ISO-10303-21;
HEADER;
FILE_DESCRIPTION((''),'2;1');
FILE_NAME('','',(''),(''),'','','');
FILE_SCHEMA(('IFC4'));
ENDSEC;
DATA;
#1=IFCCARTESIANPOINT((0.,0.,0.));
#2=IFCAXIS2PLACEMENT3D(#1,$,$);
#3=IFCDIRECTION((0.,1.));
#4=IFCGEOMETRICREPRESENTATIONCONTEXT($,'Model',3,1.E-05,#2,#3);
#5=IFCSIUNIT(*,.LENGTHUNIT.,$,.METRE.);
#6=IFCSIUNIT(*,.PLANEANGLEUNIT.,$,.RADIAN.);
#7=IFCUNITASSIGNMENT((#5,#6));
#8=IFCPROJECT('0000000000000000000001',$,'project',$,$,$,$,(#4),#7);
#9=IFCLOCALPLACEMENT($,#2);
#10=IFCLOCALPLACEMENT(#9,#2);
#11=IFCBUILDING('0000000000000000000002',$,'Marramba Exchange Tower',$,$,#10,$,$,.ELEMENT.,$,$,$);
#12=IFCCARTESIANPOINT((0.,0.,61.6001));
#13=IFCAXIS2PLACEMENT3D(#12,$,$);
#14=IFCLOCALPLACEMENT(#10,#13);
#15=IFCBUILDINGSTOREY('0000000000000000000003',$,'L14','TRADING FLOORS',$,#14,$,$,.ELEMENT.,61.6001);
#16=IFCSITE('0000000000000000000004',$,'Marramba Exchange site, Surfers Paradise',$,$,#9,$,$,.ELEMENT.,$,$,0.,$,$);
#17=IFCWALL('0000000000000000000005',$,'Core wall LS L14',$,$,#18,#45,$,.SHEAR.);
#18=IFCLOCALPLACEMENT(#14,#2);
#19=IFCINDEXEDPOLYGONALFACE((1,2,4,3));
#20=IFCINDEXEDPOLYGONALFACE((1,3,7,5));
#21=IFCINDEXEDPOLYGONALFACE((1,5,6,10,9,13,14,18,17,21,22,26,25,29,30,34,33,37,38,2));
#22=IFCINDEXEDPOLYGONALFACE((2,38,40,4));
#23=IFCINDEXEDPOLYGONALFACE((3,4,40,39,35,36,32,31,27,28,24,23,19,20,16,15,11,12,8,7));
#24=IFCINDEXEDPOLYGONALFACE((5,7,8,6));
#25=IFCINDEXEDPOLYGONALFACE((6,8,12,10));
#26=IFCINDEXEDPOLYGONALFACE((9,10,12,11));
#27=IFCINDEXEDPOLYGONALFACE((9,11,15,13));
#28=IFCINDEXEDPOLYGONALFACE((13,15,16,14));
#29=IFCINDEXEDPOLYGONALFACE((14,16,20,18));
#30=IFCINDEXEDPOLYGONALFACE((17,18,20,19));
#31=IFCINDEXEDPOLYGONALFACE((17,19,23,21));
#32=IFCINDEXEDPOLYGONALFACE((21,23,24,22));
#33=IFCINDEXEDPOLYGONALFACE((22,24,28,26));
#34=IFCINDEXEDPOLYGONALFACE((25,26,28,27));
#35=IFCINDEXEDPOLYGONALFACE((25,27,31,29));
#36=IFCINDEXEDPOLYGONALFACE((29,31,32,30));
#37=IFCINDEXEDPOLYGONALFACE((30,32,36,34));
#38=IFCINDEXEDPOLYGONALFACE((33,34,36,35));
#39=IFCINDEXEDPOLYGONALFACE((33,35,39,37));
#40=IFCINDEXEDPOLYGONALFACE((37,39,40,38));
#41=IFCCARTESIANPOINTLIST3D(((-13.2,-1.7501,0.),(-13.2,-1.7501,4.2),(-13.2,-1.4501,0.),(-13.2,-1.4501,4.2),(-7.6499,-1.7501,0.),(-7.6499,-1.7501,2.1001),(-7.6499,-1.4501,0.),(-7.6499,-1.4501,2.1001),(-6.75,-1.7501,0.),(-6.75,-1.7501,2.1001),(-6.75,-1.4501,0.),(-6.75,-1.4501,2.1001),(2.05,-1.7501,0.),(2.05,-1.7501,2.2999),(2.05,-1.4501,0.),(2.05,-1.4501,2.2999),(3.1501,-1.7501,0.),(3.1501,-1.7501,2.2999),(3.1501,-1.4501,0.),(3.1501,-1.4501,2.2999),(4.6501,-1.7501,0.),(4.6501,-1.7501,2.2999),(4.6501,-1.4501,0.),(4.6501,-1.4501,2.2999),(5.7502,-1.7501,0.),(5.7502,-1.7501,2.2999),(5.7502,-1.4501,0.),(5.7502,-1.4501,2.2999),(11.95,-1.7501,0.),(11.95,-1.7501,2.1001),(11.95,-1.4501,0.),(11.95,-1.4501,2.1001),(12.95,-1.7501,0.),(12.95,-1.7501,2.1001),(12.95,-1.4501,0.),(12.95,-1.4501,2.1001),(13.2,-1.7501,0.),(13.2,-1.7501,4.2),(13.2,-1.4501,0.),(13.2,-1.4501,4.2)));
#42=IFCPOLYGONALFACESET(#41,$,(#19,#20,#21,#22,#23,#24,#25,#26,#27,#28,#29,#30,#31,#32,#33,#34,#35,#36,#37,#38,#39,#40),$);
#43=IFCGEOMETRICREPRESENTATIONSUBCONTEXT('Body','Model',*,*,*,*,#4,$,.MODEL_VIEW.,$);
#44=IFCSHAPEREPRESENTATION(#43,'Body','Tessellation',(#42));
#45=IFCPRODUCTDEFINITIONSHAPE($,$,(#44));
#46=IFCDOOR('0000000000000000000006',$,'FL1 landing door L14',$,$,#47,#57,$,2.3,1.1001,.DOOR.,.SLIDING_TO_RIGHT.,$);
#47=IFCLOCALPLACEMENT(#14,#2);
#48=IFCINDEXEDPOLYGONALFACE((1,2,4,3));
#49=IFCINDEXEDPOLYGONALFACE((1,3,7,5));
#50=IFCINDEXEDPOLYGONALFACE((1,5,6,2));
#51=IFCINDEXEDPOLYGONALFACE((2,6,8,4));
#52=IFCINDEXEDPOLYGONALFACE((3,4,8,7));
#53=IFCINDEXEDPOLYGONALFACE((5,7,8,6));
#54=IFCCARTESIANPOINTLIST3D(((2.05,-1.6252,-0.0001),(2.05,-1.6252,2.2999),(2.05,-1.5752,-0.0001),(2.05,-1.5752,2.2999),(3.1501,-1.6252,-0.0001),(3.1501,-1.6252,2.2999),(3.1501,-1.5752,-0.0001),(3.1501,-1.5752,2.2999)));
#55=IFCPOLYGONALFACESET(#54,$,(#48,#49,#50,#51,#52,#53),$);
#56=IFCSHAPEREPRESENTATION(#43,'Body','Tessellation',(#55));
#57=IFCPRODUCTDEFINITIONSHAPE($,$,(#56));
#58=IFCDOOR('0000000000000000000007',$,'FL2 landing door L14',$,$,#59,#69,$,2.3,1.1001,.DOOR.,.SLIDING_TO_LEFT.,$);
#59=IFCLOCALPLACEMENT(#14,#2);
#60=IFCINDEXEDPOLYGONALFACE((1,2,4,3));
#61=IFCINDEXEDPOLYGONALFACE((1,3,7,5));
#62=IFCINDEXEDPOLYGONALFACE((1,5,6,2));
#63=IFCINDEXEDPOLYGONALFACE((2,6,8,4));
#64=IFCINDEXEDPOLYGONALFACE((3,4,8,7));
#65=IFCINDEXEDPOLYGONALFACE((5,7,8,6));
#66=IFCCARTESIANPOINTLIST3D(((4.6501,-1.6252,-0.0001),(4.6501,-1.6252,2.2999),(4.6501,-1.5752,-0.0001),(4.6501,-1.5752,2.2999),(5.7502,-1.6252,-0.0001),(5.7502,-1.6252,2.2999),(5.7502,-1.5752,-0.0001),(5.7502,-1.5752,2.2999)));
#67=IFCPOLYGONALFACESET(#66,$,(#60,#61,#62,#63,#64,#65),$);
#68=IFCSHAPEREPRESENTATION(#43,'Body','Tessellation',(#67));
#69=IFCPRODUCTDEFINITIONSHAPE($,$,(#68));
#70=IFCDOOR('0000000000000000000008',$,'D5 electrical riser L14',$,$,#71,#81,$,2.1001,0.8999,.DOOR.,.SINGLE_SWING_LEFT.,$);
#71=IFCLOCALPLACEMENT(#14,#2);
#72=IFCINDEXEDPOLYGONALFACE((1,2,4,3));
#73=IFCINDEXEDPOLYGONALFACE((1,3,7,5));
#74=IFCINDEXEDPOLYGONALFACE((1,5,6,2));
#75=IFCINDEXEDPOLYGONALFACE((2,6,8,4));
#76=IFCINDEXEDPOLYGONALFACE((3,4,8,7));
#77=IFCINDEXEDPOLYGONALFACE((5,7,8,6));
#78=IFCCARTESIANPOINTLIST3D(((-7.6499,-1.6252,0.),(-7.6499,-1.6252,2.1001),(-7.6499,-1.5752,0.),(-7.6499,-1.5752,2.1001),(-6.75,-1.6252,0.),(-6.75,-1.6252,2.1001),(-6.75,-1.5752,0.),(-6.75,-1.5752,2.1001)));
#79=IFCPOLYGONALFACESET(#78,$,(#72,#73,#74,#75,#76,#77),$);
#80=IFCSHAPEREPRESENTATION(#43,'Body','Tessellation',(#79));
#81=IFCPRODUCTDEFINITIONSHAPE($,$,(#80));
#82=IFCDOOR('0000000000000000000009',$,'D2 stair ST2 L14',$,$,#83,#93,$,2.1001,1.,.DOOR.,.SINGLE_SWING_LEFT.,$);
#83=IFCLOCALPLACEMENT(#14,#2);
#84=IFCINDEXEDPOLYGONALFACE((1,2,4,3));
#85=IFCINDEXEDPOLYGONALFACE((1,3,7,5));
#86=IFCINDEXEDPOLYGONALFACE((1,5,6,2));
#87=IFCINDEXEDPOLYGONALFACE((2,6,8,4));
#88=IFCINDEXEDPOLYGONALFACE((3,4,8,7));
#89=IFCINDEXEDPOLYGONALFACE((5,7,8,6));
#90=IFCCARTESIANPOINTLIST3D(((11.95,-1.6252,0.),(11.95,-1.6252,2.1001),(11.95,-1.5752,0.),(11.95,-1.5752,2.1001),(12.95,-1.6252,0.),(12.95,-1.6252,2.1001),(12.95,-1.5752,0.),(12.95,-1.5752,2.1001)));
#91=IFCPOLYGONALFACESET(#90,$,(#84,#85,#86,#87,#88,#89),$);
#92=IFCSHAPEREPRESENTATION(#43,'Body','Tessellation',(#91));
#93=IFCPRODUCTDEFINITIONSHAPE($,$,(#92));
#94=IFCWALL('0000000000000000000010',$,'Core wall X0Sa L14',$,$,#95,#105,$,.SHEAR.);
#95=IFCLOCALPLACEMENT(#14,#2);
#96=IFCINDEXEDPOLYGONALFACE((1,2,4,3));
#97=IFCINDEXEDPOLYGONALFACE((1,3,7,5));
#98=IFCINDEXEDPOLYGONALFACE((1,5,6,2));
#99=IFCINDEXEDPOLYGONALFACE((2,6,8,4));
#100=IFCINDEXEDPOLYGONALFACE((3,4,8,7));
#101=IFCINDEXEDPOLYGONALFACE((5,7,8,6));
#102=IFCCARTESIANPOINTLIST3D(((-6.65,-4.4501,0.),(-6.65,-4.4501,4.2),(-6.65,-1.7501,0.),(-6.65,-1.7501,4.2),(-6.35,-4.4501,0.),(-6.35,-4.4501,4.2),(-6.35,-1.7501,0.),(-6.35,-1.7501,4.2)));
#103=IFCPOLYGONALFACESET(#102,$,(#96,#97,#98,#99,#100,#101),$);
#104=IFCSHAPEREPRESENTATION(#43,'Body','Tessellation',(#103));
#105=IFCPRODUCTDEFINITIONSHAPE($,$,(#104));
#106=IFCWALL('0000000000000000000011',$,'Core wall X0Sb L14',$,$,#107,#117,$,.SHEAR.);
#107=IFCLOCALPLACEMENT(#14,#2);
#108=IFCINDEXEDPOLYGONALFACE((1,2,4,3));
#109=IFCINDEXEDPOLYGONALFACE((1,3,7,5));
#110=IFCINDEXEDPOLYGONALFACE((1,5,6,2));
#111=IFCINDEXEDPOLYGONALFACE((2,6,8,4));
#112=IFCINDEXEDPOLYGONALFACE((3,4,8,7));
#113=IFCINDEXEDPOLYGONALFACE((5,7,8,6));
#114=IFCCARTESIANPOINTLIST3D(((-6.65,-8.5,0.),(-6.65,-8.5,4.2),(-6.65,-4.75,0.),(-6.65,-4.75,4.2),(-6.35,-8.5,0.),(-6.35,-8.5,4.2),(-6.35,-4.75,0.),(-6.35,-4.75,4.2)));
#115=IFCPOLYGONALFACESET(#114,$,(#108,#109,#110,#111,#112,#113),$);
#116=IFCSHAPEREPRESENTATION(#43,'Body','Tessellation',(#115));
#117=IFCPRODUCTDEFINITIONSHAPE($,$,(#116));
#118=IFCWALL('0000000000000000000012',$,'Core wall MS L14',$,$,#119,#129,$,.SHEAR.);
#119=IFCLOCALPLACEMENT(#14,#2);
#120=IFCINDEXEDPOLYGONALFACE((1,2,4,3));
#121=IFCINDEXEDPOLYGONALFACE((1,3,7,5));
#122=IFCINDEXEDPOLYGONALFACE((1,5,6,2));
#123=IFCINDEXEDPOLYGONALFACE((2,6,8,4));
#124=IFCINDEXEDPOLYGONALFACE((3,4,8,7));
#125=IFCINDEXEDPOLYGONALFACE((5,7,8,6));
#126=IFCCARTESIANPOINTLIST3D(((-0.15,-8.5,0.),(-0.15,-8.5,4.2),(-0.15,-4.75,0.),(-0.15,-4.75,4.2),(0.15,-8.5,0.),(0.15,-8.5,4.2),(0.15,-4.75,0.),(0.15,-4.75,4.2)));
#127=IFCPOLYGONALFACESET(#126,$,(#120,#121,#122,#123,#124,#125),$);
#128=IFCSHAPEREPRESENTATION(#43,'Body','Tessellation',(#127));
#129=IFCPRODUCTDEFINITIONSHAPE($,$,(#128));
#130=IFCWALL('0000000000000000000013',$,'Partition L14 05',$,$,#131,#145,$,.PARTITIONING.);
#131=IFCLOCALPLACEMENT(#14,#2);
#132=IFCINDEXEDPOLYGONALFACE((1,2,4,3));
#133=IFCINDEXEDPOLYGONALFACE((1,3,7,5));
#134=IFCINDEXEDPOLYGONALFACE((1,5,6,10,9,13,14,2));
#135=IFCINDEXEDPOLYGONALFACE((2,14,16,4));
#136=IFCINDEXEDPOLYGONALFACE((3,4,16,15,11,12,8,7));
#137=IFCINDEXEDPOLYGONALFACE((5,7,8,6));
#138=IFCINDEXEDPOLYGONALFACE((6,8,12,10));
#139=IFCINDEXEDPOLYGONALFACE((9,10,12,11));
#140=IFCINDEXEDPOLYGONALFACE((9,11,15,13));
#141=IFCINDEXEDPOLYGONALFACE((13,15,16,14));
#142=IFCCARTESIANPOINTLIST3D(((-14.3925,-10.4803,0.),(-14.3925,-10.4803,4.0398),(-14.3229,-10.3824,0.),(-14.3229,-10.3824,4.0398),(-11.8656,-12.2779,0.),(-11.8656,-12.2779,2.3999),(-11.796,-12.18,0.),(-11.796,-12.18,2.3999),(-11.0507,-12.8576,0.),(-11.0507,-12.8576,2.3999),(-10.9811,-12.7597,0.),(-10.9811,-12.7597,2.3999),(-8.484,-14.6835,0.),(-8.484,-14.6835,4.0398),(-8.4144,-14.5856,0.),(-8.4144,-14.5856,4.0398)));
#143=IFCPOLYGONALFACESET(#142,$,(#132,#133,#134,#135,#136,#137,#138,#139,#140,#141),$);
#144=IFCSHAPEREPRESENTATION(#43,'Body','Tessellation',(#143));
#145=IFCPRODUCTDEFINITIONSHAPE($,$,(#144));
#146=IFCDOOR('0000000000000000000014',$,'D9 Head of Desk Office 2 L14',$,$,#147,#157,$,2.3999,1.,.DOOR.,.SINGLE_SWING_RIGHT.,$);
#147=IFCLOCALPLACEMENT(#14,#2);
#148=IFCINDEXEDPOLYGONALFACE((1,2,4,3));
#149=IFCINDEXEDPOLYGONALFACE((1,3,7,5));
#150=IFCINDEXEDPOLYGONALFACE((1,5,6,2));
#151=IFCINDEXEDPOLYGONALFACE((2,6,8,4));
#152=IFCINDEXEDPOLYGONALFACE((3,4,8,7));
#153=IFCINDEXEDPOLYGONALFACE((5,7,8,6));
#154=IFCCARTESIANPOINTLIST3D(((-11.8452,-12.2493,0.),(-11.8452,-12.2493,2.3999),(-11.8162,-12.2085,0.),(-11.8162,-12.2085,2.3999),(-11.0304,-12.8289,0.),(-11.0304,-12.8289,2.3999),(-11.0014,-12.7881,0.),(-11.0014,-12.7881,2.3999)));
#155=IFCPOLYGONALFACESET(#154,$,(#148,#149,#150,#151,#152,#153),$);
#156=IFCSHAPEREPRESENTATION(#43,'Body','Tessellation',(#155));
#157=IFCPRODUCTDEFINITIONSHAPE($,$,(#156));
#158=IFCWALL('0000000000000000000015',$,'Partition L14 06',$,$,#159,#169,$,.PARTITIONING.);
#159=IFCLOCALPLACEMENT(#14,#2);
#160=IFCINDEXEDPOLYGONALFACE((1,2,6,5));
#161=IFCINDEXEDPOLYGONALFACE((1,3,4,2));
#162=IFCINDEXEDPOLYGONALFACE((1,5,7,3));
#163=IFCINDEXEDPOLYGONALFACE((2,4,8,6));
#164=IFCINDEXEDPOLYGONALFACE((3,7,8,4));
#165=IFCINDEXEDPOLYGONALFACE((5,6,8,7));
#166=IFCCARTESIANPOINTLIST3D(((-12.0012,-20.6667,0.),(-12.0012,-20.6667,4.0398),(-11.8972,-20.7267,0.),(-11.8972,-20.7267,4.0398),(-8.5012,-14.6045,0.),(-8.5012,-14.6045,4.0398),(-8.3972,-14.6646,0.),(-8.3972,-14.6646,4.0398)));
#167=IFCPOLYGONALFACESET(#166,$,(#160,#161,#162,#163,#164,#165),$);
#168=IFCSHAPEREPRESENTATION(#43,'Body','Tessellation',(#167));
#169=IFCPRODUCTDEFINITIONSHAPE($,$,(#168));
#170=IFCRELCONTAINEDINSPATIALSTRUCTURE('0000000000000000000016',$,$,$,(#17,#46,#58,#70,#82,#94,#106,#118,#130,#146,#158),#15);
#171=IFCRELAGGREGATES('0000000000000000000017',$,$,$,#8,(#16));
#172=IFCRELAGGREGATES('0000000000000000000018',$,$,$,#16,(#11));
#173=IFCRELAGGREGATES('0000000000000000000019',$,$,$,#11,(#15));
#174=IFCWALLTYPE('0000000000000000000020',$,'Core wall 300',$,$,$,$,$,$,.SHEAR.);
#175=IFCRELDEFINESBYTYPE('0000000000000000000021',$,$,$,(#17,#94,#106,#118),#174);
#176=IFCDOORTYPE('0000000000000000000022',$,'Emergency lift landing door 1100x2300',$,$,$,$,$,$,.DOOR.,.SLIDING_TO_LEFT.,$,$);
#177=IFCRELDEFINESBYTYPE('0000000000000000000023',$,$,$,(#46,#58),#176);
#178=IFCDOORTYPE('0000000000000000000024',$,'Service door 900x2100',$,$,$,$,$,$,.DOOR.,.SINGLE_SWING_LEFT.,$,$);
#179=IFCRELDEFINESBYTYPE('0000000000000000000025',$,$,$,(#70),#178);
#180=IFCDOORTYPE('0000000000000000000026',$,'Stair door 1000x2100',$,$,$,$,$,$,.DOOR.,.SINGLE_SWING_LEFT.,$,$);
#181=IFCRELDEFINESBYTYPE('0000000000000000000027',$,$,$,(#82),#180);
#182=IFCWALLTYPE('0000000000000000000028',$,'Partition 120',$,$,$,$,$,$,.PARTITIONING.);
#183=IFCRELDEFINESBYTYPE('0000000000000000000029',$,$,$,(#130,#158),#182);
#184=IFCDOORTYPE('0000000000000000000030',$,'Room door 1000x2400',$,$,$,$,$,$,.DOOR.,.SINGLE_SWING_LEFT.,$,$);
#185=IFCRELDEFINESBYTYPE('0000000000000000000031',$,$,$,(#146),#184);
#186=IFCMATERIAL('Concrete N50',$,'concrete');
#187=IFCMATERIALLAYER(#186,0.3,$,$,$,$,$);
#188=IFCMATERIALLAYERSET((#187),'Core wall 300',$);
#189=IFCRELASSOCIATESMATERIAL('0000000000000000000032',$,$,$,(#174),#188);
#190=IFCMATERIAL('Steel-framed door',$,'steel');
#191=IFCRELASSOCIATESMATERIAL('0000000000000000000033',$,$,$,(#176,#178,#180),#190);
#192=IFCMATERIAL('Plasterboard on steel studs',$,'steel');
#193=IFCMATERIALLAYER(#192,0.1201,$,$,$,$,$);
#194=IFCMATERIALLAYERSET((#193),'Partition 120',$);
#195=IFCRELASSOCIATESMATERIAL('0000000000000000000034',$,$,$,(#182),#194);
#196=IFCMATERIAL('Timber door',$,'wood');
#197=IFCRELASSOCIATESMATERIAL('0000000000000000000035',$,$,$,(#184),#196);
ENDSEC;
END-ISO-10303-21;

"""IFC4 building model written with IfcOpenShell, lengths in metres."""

from ifc_helpers import new_model, si_unit, direction, frame, frame_2d, origin, place, context, subcontext, project, spatial, rectangle, extrude, material, layer, layer_set, type_object, element, fill, save


model = new_model("IFC4")

# Units and contexts
model_context = context("Model", 3, precision=1e-05, world=origin(), true_north=direction((0.0, 1.0)))
body_context = subcontext(model_context, "Body", "Model", "MODEL_VIEW")
ifc_project = project(units=[si_unit("LENGTHUNIT", "METRE"), si_unit("PLANEANGLEUNIT", "RADIAN")], contexts=[model_context])

# Site, building, storey
site_placement = place(None, origin())
site = spatial("IfcSite", under=ifc_project, at=site_placement, Name="Marramba Exchange site, Surfers Paradise", CompositionType="ELEMENT", RefElevation=0.0)
building_placement = place(site_placement, origin())
building = spatial("IfcBuilding", under=site, at=building_placement, Name="Marramba Exchange Tower", CompositionType="ELEMENT")
storey_placement = place(building_placement, frame((0.0, 0.0, 61.6001)))
storey = spatial("IfcBuildingStorey", under=building, at=storey_placement, Name="L14", Description="TRADING FLOORS", CompositionType="ELEMENT", Elevation=61.6001)

# Shared definitions
ifc_material_1 = material(Name="Concrete N50", Category="concrete")

# Wall, openings, doors
ifc_layer_1 = layer(ifc_material_1, 0.3)
ifc_layer_set_1 = layer_set([ifc_layer_1], Name="Core wall 300")
wall_type_1 = type_object("IfcWallType", Name="Core wall 300", PredefinedType="SHEAR", material=ifc_layer_set_1)
wall_1_placement = place(storey_placement, frame((-13.2, -1.6001, 0.0), z_axis=(0.0, 0.0, 1.0), x_axis=(1.0, 0.0, 0.0)))
wall_1 = element("IfcWall", 1, at=wall_1_placement, inside=storey, type_object=wall_type_1, Name="Core wall LS L14", PredefinedType="SHEAR", context=body_context, shape_type="SweptSolid", body=[
    extrude(rectangle(XDim=26.3999, YDim=0.3, at=frame_2d((13.2, 0.0))), origin(), (0.0, 0.0, 1.0), 4.2),
])
opening_1_placement = place(wall_1_placement, frame((25.1499, 0.0, 0.0)))
opening_1 = element("IfcOpeningElement", 2, at=opening_1_placement, cuts=wall_1, PredefinedType="OPENING", context=body_context, shape_type="SweptSolid", body=[
    extrude(rectangle(XDim=1.0, YDim=2.1001, at=frame_2d((0.5, 1.05))), frame((0.0, 0.1599, 0.0), z_axis=(0.0, -1.0, 0.0), x_axis=(1.0, 0.0, 0.0)), (0.0, 0.0, 1.0), 0.3201),
])
opening_2_placement = place(wall_1_placement, frame((15.25, 0.0, 0.0)))
opening_2 = element("IfcOpeningElement", 3, at=opening_2_placement, cuts=wall_1, PredefinedType="OPENING", context=body_context, shape_type="SweptSolid", body=[
    extrude(rectangle(XDim=1.1001, YDim=2.3, at=frame_2d((0.55, 1.1499))), frame((0.0, 0.1599, 0.0), z_axis=(0.0, -1.0, 0.0), x_axis=(1.0, 0.0, 0.0)), (0.0, 0.0, 1.0), 0.3201),
])
opening_3_placement = place(wall_1_placement, frame((17.8501, 0.0, 0.0)))
opening_3 = element("IfcOpeningElement", 4, at=opening_3_placement, cuts=wall_1, PredefinedType="OPENING", context=body_context, shape_type="SweptSolid", body=[
    extrude(rectangle(XDim=1.1001, YDim=2.3, at=frame_2d((0.55, 1.1499))), frame((0.0, 0.1599, 0.0), z_axis=(0.0, -1.0, 0.0), x_axis=(1.0, 0.0, 0.0)), (0.0, 0.0, 1.0), 0.3201),
])
opening_4_placement = place(wall_1_placement, frame((5.55, 0.0, 0.0)))
opening_4 = element("IfcOpeningElement", 5, at=opening_4_placement, cuts=wall_1, PredefinedType="OPENING", context=body_context, shape_type="SweptSolid", body=[
    extrude(rectangle(XDim=0.8999, YDim=2.1001, at=frame_2d((0.45, 1.05))), frame((0.0, 0.1599, 0.0), z_axis=(0.0, -1.0, 0.0), x_axis=(1.0, 0.0, 0.0)), (0.0, 0.0, 1.0), 0.3201),
])
ifc_material_2 = material(Name="Steel-framed door", Category="steel")
door_type_1 = type_object("IfcDoorType", Name="Emergency lift landing door 1100x2300", OperationType="SLIDING_TO_LEFT", PredefinedType="DOOR", material=ifc_material_2)
door_1_placement = place(opening_2_placement, frame((1.1001, 0.0, 0.0), z_axis=(0.0, 0.0, 1.0), x_axis=(-1.0, 0.0, 0.0)))
door_1 = element("IfcDoor", 6, at=door_1_placement, inside=storey, type_object=door_type_1, Name="FL1 landing door L14", OperationType="SLIDING_TO_RIGHT", OverallHeight=2.3, OverallWidth=1.1001, PredefinedType="DOOR", context=body_context, shape_type="SweptSolid", body=[
    extrude(rectangle(XDim=1.1001, YDim=2.3, at=frame_2d((0.55, 1.1499))), frame((0.0, 0.0251, 0.0), z_axis=(0.0, -1.0, 0.0), x_axis=(1.0, 0.0, 0.0)), (0.0, 0.0, 1.0), 0.05),
])
fill(opening_2, door_1)
door_2_placement = place(opening_3_placement, frame((1.1001, 0.0, 0.0), z_axis=(0.0, 0.0, 1.0), x_axis=(-1.0, 0.0, 0.0)))
door_2 = element("IfcDoor", 7, at=door_2_placement, inside=storey, type_object=door_type_1, Name="FL2 landing door L14", OperationType="SLIDING_TO_LEFT", OverallHeight=2.3, OverallWidth=1.1001, PredefinedType="DOOR", context=body_context, shape_type="SweptSolid", body=[
    extrude(rectangle(XDim=1.1001, YDim=2.3, at=frame_2d((0.55, 1.1499))), frame((0.0, 0.0251, 0.0), z_axis=(0.0, -1.0, 0.0), x_axis=(1.0, 0.0, 0.0)), (0.0, 0.0, 1.0), 0.05),
])
fill(opening_3, door_2)
door_type_2 = type_object("IfcDoorType", Name="Service door 900x2100", OperationType="SINGLE_SWING_LEFT", PredefinedType="DOOR", material=ifc_material_2)
door_3_placement = place(opening_4_placement, frame((0.8999, 0.0, 0.0), z_axis=(0.0, 0.0, 1.0), x_axis=(-1.0, 0.0, 0.0)))
door_3 = element("IfcDoor", 8, at=door_3_placement, inside=storey, type_object=door_type_2, Name="D5 electrical riser L14", OperationType="SINGLE_SWING_LEFT", OverallHeight=2.1001, OverallWidth=0.8999, PredefinedType="DOOR", context=body_context, shape_type="SweptSolid", body=[
    extrude(rectangle(XDim=0.8999, YDim=2.1001, at=frame_2d((0.45, 1.05))), frame((0.0, 0.0251, 0.0), z_axis=(0.0, -1.0, 0.0), x_axis=(1.0, 0.0, 0.0)), (0.0, 0.0, 1.0), 0.05),
])
fill(opening_4, door_3)
door_type_3 = type_object("IfcDoorType", Name="Stair door 1000x2100", OperationType="SINGLE_SWING_LEFT", PredefinedType="DOOR", material=ifc_material_2)
door_4_placement = place(opening_1_placement, frame((1.0, 0.0, 0.0), z_axis=(0.0, 0.0, 1.0), x_axis=(-1.0, 0.0, 0.0)))
door_4 = element("IfcDoor", 9, at=door_4_placement, inside=storey, type_object=door_type_3, Name="D2 stair ST2 L14", OperationType="SINGLE_SWING_LEFT", OverallHeight=2.1001, OverallWidth=1.0, PredefinedType="DOOR", context=body_context, shape_type="SweptSolid", body=[
    extrude(rectangle(XDim=1.0, YDim=2.1001, at=frame_2d((0.5, 1.05))), frame((0.0, 0.0251, 0.0), z_axis=(0.0, -1.0, 0.0), x_axis=(1.0, 0.0, 0.0)), (0.0, 0.0, 1.0), 0.05),
])
fill(opening_1, door_4)

# Walls
wall_2_placement = place(storey_placement, frame((-6.5, -1.75, 0.0), z_axis=(0.0, 0.0, 1.0), x_axis=(0.0, -1.0, 0.0)))
element("IfcWall", 10, at=wall_2_placement, inside=storey, type_object=wall_type_1, Name="Core wall X0Sa L14", PredefinedType="SHEAR", context=body_context, shape_type="SweptSolid", body=[
    extrude(rectangle(XDim=2.7, YDim=0.3, at=frame_2d((1.3501, 0.0))), origin(), (0.0, 0.0, 1.0), 4.2),
])
for number, where, z_axis, x_axis, name in (
    (11, (-6.5, -4.75, 0.0), (0.0, 0.0, 1.0), (0.0, -1.0, 0.0), "Core wall X0Sb L14"),
    (12, (0.0, -4.75, 0.0), (0.0, 0.0, 1.0), (0.0, -1.0, 0.0), "Core wall MS L14"),
):
    element("IfcWall", number, at=place(storey_placement, frame(where, z_axis=z_axis, x_axis=x_axis)), inside=storey, type_object=wall_type_1, Name=name, PredefinedType="SHEAR", context=body_context, shape_type="SweptSolid", body=[
        extrude(rectangle(XDim=3.75, YDim=0.3, at=frame_2d((1.875, 0.0))), origin(), (0.0, 0.0, 1.0), 4.2),
    ])

# Wall, opening, door
ifc_material_3 = material(Name="Plasterboard on steel studs", Category="steel")
ifc_layer_2 = layer(ifc_material_3, 0.1201)
ifc_layer_set_2 = layer_set([ifc_layer_2], Name="Partition 120")
wall_type_2 = type_object("IfcWallType", Name="Partition 120", PredefinedType="PARTITIONING", material=ifc_layer_set_2)
wall_3_placement = place(storey_placement, frame((-8.4492, -14.6345, 0.0), z_axis=(0.0, 0.0, 1.0), x_axis=(-0.814854, 0.579667, 0.0)))
wall_3 = element("IfcWall", 13, at=wall_3_placement, inside=storey, type_object=wall_type_2, Name="Partition L14 05", PredefinedType="PARTITIONING", context=body_context, shape_type="SweptSolid", body=[
    extrude(rectangle(XDim=7.251, YDim=0.1201, at=frame_2d((3.6255, 0.0))), origin(), (0.0, 0.0, 1.0), 4.0398),
])
opening_5_placement = place(wall_3_placement, frame((3.1499, 0.0, 0.0)))
opening_5 = element("IfcOpeningElement", 14, at=opening_5_placement, cuts=wall_3, PredefinedType="OPENING", context=body_context, shape_type="SweptSolid", body=[
    extrude(rectangle(XDim=1.0, YDim=2.3999, at=frame_2d((0.5, 1.2))), frame((0.0, 0.0701, 0.0), z_axis=(0.0, -1.0, 0.0), x_axis=(1.0, 0.0, 0.0)), (0.0, 0.0, 1.0), 0.1401),
])
ifc_material_4 = material(Name="Timber door", Category="wood")
door_type_4 = type_object("IfcDoorType", Name="Room door 1000x2400", OperationType="SINGLE_SWING_LEFT", PredefinedType="DOOR", material=ifc_material_4)
door_5_placement = place(opening_5_placement, origin())
door_5 = element("IfcDoor", 15, at=door_5_placement, inside=storey, type_object=door_type_4, Name="D9 Head of Desk Office 2 L14", OperationType="SINGLE_SWING_RIGHT", OverallHeight=2.3999, OverallWidth=1.0, PredefinedType="DOOR", context=body_context, shape_type="SweptSolid", body=[
    extrude(rectangle(XDim=1.0, YDim=2.3999, at=frame_2d((0.5, 1.2))), frame((0.0, 0.0249, 0.0), z_axis=(0.0, -1.0, 0.0), x_axis=(1.0, 0.0, 0.0)), (0.0, 0.0, 1.0), 0.05),
])
fill(opening_5, door_5)

# Wall
wall_4_placement = place(storey_placement, frame((-8.4492, -14.6345, 0.0), z_axis=(0.0, 0.0, 1.0), x_axis=(-0.499995, -0.866028, 0.0)))
element("IfcWall", 16, at=wall_4_placement, inside=storey, type_object=wall_type_2, Name="Partition L14 06", PredefinedType="PARTITIONING", context=body_context, shape_type="SweptSolid", body=[
    extrude(rectangle(XDim=7.0, YDim=0.1201, at=frame_2d((3.5, 0.0))), origin(), (0.0, 0.0, 1.0), 4.0398),
])

save(model, "model.ifc")
